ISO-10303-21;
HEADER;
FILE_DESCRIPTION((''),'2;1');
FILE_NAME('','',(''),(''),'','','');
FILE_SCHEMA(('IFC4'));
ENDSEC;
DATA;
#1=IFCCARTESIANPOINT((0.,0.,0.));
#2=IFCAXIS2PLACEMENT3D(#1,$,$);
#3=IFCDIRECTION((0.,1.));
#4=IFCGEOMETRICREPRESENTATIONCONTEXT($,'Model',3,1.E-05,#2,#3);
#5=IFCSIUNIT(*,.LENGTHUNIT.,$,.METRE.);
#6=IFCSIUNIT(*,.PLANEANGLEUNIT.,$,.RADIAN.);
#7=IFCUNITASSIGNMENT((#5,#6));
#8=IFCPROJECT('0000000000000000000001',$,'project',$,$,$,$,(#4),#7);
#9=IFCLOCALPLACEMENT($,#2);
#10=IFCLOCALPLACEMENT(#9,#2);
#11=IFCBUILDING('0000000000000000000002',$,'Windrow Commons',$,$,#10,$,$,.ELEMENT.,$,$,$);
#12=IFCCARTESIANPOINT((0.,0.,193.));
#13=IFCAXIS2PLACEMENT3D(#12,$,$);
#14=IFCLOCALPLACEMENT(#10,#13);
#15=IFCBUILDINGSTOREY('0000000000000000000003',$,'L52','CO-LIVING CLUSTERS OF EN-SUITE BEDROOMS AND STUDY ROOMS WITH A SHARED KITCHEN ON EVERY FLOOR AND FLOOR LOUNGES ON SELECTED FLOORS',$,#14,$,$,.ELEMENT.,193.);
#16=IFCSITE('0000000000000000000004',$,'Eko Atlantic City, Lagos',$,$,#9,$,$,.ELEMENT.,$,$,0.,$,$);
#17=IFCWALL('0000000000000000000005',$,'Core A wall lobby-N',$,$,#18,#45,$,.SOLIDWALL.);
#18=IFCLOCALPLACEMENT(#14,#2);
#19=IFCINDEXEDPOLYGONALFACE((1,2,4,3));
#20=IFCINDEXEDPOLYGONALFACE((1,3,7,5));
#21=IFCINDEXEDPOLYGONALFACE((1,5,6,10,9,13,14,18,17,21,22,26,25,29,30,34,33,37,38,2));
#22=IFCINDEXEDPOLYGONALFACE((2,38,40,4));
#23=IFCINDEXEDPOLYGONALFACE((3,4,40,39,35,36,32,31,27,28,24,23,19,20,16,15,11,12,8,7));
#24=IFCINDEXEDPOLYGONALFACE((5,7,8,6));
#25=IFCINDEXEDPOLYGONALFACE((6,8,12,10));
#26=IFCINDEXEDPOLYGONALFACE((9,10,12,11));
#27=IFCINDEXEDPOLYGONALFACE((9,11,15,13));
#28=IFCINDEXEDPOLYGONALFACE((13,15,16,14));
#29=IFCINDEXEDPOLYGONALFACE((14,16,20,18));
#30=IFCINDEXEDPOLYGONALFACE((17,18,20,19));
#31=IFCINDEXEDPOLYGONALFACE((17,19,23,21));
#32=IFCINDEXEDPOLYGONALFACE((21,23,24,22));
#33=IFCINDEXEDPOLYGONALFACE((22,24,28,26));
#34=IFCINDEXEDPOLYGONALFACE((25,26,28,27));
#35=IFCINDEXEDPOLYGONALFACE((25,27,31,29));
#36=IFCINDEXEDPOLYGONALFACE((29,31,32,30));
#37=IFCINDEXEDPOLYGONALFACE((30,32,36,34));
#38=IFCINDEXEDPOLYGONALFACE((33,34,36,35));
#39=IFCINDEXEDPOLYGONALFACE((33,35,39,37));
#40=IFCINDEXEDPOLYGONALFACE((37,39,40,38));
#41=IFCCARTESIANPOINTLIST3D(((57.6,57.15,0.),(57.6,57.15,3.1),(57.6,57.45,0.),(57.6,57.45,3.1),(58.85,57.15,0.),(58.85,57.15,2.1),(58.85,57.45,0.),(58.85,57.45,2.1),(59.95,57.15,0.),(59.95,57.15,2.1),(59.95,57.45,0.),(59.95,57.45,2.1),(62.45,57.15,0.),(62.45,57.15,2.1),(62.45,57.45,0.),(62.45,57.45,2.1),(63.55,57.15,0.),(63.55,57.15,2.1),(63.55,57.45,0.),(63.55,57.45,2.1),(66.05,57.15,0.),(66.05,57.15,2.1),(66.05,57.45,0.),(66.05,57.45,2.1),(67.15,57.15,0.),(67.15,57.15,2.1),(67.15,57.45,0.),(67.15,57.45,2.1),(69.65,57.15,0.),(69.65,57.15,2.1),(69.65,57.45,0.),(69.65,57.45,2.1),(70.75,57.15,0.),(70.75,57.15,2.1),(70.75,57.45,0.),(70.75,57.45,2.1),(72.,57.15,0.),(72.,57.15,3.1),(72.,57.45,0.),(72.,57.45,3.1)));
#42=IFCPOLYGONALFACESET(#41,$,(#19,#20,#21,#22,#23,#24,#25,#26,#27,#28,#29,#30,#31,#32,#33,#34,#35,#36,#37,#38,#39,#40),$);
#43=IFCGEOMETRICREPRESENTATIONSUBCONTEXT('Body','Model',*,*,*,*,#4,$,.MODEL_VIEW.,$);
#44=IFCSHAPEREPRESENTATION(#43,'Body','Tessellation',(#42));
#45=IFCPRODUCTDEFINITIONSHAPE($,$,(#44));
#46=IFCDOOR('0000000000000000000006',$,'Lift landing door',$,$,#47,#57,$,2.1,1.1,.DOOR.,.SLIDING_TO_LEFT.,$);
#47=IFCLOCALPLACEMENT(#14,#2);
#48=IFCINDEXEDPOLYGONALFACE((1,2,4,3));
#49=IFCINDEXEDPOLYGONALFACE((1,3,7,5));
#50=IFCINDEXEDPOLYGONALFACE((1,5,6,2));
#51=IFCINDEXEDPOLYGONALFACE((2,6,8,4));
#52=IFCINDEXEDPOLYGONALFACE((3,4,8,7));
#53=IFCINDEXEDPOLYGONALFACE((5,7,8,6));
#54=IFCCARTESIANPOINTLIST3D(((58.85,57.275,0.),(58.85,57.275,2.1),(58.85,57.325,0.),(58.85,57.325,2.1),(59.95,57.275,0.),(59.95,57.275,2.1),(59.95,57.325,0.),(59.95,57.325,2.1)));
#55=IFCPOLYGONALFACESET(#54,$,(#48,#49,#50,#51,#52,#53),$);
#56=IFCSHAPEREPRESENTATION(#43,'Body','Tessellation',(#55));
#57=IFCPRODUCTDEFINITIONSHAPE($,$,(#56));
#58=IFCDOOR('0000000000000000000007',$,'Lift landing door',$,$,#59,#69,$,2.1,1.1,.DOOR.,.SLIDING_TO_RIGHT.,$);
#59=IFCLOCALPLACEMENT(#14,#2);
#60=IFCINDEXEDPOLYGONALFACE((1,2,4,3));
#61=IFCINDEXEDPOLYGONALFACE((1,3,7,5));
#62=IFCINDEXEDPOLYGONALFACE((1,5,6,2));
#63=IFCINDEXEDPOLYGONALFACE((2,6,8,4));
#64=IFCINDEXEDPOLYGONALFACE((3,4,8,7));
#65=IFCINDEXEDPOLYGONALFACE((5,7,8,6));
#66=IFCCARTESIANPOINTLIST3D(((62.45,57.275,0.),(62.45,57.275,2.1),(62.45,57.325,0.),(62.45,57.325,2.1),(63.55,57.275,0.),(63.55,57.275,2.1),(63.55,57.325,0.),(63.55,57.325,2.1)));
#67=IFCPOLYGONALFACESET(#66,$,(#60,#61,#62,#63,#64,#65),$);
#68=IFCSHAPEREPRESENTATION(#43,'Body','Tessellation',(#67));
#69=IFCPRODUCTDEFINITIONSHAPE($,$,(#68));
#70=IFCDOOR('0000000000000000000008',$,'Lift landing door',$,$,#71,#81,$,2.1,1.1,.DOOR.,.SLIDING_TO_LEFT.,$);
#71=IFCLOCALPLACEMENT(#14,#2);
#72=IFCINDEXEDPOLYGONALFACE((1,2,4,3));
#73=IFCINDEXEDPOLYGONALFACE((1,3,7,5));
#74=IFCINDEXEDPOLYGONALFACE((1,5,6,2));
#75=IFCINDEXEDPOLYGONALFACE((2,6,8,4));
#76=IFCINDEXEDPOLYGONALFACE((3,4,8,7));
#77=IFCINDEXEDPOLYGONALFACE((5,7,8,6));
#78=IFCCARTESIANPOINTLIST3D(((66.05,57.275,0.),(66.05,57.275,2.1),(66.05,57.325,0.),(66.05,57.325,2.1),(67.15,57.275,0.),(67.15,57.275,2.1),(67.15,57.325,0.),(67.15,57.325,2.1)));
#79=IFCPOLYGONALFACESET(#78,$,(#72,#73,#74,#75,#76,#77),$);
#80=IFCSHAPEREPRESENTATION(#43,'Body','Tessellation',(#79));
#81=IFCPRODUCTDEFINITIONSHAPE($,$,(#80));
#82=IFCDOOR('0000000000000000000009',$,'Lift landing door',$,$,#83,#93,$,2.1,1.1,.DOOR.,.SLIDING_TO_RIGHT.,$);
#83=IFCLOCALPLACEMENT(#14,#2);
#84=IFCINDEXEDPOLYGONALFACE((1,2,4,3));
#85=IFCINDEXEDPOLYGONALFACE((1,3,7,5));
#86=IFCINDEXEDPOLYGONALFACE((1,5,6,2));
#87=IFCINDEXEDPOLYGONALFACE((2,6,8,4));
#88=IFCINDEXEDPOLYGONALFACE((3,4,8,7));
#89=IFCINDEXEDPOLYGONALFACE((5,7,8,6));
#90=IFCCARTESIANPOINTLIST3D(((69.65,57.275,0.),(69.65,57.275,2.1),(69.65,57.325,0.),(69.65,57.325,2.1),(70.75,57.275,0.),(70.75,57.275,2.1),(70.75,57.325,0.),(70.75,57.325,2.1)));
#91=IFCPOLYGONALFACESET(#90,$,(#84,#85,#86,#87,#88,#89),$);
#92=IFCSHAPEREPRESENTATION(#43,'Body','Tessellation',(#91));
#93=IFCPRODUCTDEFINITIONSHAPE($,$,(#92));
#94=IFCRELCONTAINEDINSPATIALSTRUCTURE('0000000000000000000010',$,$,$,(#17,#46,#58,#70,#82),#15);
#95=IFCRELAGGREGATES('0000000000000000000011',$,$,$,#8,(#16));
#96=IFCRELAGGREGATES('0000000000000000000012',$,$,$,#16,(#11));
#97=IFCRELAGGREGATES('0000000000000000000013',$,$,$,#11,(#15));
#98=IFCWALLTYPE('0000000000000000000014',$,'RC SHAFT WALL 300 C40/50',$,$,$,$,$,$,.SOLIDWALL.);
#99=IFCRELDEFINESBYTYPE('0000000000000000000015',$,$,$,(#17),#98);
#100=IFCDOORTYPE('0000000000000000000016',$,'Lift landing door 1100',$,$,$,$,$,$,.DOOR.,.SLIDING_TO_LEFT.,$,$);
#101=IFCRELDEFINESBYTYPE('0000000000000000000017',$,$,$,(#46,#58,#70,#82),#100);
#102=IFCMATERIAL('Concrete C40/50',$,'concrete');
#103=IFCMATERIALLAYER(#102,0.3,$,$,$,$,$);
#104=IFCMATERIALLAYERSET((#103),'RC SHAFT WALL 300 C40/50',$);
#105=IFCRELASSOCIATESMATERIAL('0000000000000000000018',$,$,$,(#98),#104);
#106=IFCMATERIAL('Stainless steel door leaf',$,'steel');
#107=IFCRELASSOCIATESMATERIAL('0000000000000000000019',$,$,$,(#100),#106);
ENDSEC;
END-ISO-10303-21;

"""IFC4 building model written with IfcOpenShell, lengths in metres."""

from ifc_helpers import new_model, si_unit, direction, frame, frame_2d, origin, place, context, subcontext, project, spatial, rectangle, extrude, material, layer, layer_set, type_object, element, fill, save


model = new_model("IFC4")

# Units and contexts
model_context = context("Model", 3, precision=1e-05, world=origin(), true_north=direction((0.0, 1.0)))
body_context = subcontext(model_context, "Body", "Model", "MODEL_VIEW")
ifc_project = project(units=[si_unit("LENGTHUNIT", "METRE"), si_unit("PLANEANGLEUNIT", "RADIAN")], contexts=[model_context])

# Site, building, storey
site_placement = place(None, origin())
site = spatial("IfcSite", under=ifc_project, at=site_placement, Name="Eko Atlantic City, Lagos", CompositionType="ELEMENT", RefElevation=0.0)
building_placement = place(site_placement, origin())
building = spatial("IfcBuilding", under=site, at=building_placement, Name="Windrow Commons", CompositionType="ELEMENT")
storey_placement = place(building_placement, frame((0.0, 0.0, 193.0)))
storey = spatial("IfcBuildingStorey", under=building, at=storey_placement, Name="L52", Description="CO-LIVING CLUSTERS OF EN-SUITE BEDROOMS AND STUDY ROOMS WITH A SHARED KITCHEN ON EVERY FLOOR AND FLOOR LOUNGES ON SELECTED FLOORS", CompositionType="ELEMENT", Elevation=193.0)

# Wall, openings, doors
ifc_material_1 = material(Name="Concrete C40/50", Category="concrete")
ifc_layer_1 = layer(ifc_material_1, 0.3)
ifc_layer_set_1 = layer_set([ifc_layer_1], Name="RC SHAFT WALL 300 C40/50")
wall_type_1 = type_object("IfcWallType", Name="RC SHAFT WALL 300 C40/50", PredefinedType="SOLIDWALL", material=ifc_layer_set_1)
ifc_material_2 = material(Name="Stainless steel door leaf", Category="steel")
door_type_1 = type_object("IfcDoorType", Name="Lift landing door 1100", OperationType="SLIDING_TO_LEFT", PredefinedType="DOOR", material=ifc_material_2)
wall_1_placement = place(storey_placement, frame((57.6, 57.3, 0.0), z_axis=(0.0, 0.0, 1.0), x_axis=(1.0, 0.0, 0.0)))
wall_1 = element("IfcWall", 1, at=wall_1_placement, inside=storey, type_object=wall_type_1, Name="Core A wall lobby-N", PredefinedType="SOLIDWALL", context=body_context, shape_type="SweptSolid", body=[
    extrude(rectangle(XDim=14.4, YDim=0.3, at=frame_2d((7.2, 0.0))), origin(), (0.0, 0.0, 1.0), 3.1),
])
opening_1_placement = place(wall_1_placement, frame((1.25, 0.0, 0.0)))
opening_1 = element("IfcOpeningElement", 2, at=opening_1_placement, cuts=wall_1, PredefinedType="OPENING", context=body_context, shape_type="SweptSolid", body=[
    extrude(rectangle(XDim=1.1, YDim=2.1, at=frame_2d((0.55, 1.05))), frame((0.0, 0.16, 0.0), z_axis=(0.0, -1.0, 0.0), x_axis=(1.0, 0.0, 0.0)), (0.0, 0.0, 1.0), 0.32),
])
opening_2_placement = place(wall_1_placement, frame((4.85, 0.0, 0.0)))
opening_2 = element("IfcOpeningElement", 3, at=opening_2_placement, cuts=wall_1, PredefinedType="OPENING", context=body_context, shape_type="SweptSolid", body=[
    extrude(rectangle(XDim=1.1, YDim=2.1, at=frame_2d((0.55, 1.05))), frame((0.0, 0.16, 0.0), z_axis=(0.0, -1.0, 0.0), x_axis=(1.0, 0.0, 0.0)), (0.0, 0.0, 1.0), 0.32),
])
opening_3_placement = place(wall_1_placement, frame((8.45, 0.0, 0.0)))
opening_3 = element("IfcOpeningElement", 4, at=opening_3_placement, cuts=wall_1, PredefinedType="OPENING", context=body_context, shape_type="SweptSolid", body=[
    extrude(rectangle(XDim=1.1, YDim=2.1, at=frame_2d((0.55, 1.05))), frame((0.0, 0.16, 0.0), z_axis=(0.0, -1.0, 0.0), x_axis=(1.0, 0.0, 0.0)), (0.0, 0.0, 1.0), 0.32),
])
opening_4_placement = place(wall_1_placement, frame((12.05, 0.0, 0.0)))
opening_4 = element("IfcOpeningElement", 5, at=opening_4_placement, cuts=wall_1, PredefinedType="OPENING", context=body_context, shape_type="SweptSolid", body=[
    extrude(rectangle(XDim=1.1, YDim=2.1, at=frame_2d((0.55, 1.05))), frame((0.0, 0.16, 0.0), z_axis=(0.0, -1.0, 0.0), x_axis=(1.0, 0.0, 0.0)), (0.0, 0.0, 1.0), 0.32),
])
door_1_placement = place(opening_1_placement, origin())
door_1 = element("IfcDoor", 6, at=door_1_placement, inside=storey, type_object=door_type_1, Name="Lift landing door", OperationType="SLIDING_TO_LEFT", OverallHeight=2.1, OverallWidth=1.1, PredefinedType="DOOR", context=body_context, shape_type="SweptSolid", body=[
    extrude(rectangle(XDim=1.1, YDim=2.1, at=frame_2d((0.55, 1.05))), frame((0.0, 0.025, 0.0), z_axis=(0.0, -1.0, 0.0), x_axis=(1.0, 0.0, 0.0)), (0.0, 0.0, 1.0), 0.05),
])
fill(opening_1, door_1)
door_2_placement = place(opening_2_placement, origin())
door_2 = element("IfcDoor", 7, at=door_2_placement, inside=storey, type_object=door_type_1, Name="Lift landing door", OperationType="SLIDING_TO_RIGHT", OverallHeight=2.1, OverallWidth=1.1, PredefinedType="DOOR", context=body_context, shape_type="SweptSolid", body=[
    extrude(rectangle(XDim=1.1, YDim=2.1, at=frame_2d((0.55, 1.05))), frame((0.0, 0.025, 0.0), z_axis=(0.0, -1.0, 0.0), x_axis=(1.0, 0.0, 0.0)), (0.0, 0.0, 1.0), 0.05),
])
fill(opening_2, door_2)
door_3_placement = place(opening_3_placement, origin())
door_3 = element("IfcDoor", 8, at=door_3_placement, inside=storey, type_object=door_type_1, Name="Lift landing door", OperationType="SLIDING_TO_LEFT", OverallHeight=2.1, OverallWidth=1.1, PredefinedType="DOOR", context=body_context, shape_type="SweptSolid", body=[
    extrude(rectangle(XDim=1.1, YDim=2.1, at=frame_2d((0.55, 1.05))), frame((0.0, 0.025, 0.0), z_axis=(0.0, -1.0, 0.0), x_axis=(1.0, 0.0, 0.0)), (0.0, 0.0, 1.0), 0.05),
])
fill(opening_3, door_3)
door_4_placement = place(opening_4_placement, origin())
door_4 = element("IfcDoor", 9, at=door_4_placement, inside=storey, type_object=door_type_1, Name="Lift landing door", OperationType="SLIDING_TO_RIGHT", OverallHeight=2.1, OverallWidth=1.1, PredefinedType="DOOR", context=body_context, shape_type="SweptSolid", body=[
    extrude(rectangle(XDim=1.1, YDim=2.1, at=frame_2d((0.55, 1.05))), frame((0.0, 0.025, 0.0), z_axis=(0.0, -1.0, 0.0), x_axis=(1.0, 0.0, 0.0)), (0.0, 0.0, 1.0), 0.05),
])
fill(opening_4, door_4)

save(model, "model.ifc")
